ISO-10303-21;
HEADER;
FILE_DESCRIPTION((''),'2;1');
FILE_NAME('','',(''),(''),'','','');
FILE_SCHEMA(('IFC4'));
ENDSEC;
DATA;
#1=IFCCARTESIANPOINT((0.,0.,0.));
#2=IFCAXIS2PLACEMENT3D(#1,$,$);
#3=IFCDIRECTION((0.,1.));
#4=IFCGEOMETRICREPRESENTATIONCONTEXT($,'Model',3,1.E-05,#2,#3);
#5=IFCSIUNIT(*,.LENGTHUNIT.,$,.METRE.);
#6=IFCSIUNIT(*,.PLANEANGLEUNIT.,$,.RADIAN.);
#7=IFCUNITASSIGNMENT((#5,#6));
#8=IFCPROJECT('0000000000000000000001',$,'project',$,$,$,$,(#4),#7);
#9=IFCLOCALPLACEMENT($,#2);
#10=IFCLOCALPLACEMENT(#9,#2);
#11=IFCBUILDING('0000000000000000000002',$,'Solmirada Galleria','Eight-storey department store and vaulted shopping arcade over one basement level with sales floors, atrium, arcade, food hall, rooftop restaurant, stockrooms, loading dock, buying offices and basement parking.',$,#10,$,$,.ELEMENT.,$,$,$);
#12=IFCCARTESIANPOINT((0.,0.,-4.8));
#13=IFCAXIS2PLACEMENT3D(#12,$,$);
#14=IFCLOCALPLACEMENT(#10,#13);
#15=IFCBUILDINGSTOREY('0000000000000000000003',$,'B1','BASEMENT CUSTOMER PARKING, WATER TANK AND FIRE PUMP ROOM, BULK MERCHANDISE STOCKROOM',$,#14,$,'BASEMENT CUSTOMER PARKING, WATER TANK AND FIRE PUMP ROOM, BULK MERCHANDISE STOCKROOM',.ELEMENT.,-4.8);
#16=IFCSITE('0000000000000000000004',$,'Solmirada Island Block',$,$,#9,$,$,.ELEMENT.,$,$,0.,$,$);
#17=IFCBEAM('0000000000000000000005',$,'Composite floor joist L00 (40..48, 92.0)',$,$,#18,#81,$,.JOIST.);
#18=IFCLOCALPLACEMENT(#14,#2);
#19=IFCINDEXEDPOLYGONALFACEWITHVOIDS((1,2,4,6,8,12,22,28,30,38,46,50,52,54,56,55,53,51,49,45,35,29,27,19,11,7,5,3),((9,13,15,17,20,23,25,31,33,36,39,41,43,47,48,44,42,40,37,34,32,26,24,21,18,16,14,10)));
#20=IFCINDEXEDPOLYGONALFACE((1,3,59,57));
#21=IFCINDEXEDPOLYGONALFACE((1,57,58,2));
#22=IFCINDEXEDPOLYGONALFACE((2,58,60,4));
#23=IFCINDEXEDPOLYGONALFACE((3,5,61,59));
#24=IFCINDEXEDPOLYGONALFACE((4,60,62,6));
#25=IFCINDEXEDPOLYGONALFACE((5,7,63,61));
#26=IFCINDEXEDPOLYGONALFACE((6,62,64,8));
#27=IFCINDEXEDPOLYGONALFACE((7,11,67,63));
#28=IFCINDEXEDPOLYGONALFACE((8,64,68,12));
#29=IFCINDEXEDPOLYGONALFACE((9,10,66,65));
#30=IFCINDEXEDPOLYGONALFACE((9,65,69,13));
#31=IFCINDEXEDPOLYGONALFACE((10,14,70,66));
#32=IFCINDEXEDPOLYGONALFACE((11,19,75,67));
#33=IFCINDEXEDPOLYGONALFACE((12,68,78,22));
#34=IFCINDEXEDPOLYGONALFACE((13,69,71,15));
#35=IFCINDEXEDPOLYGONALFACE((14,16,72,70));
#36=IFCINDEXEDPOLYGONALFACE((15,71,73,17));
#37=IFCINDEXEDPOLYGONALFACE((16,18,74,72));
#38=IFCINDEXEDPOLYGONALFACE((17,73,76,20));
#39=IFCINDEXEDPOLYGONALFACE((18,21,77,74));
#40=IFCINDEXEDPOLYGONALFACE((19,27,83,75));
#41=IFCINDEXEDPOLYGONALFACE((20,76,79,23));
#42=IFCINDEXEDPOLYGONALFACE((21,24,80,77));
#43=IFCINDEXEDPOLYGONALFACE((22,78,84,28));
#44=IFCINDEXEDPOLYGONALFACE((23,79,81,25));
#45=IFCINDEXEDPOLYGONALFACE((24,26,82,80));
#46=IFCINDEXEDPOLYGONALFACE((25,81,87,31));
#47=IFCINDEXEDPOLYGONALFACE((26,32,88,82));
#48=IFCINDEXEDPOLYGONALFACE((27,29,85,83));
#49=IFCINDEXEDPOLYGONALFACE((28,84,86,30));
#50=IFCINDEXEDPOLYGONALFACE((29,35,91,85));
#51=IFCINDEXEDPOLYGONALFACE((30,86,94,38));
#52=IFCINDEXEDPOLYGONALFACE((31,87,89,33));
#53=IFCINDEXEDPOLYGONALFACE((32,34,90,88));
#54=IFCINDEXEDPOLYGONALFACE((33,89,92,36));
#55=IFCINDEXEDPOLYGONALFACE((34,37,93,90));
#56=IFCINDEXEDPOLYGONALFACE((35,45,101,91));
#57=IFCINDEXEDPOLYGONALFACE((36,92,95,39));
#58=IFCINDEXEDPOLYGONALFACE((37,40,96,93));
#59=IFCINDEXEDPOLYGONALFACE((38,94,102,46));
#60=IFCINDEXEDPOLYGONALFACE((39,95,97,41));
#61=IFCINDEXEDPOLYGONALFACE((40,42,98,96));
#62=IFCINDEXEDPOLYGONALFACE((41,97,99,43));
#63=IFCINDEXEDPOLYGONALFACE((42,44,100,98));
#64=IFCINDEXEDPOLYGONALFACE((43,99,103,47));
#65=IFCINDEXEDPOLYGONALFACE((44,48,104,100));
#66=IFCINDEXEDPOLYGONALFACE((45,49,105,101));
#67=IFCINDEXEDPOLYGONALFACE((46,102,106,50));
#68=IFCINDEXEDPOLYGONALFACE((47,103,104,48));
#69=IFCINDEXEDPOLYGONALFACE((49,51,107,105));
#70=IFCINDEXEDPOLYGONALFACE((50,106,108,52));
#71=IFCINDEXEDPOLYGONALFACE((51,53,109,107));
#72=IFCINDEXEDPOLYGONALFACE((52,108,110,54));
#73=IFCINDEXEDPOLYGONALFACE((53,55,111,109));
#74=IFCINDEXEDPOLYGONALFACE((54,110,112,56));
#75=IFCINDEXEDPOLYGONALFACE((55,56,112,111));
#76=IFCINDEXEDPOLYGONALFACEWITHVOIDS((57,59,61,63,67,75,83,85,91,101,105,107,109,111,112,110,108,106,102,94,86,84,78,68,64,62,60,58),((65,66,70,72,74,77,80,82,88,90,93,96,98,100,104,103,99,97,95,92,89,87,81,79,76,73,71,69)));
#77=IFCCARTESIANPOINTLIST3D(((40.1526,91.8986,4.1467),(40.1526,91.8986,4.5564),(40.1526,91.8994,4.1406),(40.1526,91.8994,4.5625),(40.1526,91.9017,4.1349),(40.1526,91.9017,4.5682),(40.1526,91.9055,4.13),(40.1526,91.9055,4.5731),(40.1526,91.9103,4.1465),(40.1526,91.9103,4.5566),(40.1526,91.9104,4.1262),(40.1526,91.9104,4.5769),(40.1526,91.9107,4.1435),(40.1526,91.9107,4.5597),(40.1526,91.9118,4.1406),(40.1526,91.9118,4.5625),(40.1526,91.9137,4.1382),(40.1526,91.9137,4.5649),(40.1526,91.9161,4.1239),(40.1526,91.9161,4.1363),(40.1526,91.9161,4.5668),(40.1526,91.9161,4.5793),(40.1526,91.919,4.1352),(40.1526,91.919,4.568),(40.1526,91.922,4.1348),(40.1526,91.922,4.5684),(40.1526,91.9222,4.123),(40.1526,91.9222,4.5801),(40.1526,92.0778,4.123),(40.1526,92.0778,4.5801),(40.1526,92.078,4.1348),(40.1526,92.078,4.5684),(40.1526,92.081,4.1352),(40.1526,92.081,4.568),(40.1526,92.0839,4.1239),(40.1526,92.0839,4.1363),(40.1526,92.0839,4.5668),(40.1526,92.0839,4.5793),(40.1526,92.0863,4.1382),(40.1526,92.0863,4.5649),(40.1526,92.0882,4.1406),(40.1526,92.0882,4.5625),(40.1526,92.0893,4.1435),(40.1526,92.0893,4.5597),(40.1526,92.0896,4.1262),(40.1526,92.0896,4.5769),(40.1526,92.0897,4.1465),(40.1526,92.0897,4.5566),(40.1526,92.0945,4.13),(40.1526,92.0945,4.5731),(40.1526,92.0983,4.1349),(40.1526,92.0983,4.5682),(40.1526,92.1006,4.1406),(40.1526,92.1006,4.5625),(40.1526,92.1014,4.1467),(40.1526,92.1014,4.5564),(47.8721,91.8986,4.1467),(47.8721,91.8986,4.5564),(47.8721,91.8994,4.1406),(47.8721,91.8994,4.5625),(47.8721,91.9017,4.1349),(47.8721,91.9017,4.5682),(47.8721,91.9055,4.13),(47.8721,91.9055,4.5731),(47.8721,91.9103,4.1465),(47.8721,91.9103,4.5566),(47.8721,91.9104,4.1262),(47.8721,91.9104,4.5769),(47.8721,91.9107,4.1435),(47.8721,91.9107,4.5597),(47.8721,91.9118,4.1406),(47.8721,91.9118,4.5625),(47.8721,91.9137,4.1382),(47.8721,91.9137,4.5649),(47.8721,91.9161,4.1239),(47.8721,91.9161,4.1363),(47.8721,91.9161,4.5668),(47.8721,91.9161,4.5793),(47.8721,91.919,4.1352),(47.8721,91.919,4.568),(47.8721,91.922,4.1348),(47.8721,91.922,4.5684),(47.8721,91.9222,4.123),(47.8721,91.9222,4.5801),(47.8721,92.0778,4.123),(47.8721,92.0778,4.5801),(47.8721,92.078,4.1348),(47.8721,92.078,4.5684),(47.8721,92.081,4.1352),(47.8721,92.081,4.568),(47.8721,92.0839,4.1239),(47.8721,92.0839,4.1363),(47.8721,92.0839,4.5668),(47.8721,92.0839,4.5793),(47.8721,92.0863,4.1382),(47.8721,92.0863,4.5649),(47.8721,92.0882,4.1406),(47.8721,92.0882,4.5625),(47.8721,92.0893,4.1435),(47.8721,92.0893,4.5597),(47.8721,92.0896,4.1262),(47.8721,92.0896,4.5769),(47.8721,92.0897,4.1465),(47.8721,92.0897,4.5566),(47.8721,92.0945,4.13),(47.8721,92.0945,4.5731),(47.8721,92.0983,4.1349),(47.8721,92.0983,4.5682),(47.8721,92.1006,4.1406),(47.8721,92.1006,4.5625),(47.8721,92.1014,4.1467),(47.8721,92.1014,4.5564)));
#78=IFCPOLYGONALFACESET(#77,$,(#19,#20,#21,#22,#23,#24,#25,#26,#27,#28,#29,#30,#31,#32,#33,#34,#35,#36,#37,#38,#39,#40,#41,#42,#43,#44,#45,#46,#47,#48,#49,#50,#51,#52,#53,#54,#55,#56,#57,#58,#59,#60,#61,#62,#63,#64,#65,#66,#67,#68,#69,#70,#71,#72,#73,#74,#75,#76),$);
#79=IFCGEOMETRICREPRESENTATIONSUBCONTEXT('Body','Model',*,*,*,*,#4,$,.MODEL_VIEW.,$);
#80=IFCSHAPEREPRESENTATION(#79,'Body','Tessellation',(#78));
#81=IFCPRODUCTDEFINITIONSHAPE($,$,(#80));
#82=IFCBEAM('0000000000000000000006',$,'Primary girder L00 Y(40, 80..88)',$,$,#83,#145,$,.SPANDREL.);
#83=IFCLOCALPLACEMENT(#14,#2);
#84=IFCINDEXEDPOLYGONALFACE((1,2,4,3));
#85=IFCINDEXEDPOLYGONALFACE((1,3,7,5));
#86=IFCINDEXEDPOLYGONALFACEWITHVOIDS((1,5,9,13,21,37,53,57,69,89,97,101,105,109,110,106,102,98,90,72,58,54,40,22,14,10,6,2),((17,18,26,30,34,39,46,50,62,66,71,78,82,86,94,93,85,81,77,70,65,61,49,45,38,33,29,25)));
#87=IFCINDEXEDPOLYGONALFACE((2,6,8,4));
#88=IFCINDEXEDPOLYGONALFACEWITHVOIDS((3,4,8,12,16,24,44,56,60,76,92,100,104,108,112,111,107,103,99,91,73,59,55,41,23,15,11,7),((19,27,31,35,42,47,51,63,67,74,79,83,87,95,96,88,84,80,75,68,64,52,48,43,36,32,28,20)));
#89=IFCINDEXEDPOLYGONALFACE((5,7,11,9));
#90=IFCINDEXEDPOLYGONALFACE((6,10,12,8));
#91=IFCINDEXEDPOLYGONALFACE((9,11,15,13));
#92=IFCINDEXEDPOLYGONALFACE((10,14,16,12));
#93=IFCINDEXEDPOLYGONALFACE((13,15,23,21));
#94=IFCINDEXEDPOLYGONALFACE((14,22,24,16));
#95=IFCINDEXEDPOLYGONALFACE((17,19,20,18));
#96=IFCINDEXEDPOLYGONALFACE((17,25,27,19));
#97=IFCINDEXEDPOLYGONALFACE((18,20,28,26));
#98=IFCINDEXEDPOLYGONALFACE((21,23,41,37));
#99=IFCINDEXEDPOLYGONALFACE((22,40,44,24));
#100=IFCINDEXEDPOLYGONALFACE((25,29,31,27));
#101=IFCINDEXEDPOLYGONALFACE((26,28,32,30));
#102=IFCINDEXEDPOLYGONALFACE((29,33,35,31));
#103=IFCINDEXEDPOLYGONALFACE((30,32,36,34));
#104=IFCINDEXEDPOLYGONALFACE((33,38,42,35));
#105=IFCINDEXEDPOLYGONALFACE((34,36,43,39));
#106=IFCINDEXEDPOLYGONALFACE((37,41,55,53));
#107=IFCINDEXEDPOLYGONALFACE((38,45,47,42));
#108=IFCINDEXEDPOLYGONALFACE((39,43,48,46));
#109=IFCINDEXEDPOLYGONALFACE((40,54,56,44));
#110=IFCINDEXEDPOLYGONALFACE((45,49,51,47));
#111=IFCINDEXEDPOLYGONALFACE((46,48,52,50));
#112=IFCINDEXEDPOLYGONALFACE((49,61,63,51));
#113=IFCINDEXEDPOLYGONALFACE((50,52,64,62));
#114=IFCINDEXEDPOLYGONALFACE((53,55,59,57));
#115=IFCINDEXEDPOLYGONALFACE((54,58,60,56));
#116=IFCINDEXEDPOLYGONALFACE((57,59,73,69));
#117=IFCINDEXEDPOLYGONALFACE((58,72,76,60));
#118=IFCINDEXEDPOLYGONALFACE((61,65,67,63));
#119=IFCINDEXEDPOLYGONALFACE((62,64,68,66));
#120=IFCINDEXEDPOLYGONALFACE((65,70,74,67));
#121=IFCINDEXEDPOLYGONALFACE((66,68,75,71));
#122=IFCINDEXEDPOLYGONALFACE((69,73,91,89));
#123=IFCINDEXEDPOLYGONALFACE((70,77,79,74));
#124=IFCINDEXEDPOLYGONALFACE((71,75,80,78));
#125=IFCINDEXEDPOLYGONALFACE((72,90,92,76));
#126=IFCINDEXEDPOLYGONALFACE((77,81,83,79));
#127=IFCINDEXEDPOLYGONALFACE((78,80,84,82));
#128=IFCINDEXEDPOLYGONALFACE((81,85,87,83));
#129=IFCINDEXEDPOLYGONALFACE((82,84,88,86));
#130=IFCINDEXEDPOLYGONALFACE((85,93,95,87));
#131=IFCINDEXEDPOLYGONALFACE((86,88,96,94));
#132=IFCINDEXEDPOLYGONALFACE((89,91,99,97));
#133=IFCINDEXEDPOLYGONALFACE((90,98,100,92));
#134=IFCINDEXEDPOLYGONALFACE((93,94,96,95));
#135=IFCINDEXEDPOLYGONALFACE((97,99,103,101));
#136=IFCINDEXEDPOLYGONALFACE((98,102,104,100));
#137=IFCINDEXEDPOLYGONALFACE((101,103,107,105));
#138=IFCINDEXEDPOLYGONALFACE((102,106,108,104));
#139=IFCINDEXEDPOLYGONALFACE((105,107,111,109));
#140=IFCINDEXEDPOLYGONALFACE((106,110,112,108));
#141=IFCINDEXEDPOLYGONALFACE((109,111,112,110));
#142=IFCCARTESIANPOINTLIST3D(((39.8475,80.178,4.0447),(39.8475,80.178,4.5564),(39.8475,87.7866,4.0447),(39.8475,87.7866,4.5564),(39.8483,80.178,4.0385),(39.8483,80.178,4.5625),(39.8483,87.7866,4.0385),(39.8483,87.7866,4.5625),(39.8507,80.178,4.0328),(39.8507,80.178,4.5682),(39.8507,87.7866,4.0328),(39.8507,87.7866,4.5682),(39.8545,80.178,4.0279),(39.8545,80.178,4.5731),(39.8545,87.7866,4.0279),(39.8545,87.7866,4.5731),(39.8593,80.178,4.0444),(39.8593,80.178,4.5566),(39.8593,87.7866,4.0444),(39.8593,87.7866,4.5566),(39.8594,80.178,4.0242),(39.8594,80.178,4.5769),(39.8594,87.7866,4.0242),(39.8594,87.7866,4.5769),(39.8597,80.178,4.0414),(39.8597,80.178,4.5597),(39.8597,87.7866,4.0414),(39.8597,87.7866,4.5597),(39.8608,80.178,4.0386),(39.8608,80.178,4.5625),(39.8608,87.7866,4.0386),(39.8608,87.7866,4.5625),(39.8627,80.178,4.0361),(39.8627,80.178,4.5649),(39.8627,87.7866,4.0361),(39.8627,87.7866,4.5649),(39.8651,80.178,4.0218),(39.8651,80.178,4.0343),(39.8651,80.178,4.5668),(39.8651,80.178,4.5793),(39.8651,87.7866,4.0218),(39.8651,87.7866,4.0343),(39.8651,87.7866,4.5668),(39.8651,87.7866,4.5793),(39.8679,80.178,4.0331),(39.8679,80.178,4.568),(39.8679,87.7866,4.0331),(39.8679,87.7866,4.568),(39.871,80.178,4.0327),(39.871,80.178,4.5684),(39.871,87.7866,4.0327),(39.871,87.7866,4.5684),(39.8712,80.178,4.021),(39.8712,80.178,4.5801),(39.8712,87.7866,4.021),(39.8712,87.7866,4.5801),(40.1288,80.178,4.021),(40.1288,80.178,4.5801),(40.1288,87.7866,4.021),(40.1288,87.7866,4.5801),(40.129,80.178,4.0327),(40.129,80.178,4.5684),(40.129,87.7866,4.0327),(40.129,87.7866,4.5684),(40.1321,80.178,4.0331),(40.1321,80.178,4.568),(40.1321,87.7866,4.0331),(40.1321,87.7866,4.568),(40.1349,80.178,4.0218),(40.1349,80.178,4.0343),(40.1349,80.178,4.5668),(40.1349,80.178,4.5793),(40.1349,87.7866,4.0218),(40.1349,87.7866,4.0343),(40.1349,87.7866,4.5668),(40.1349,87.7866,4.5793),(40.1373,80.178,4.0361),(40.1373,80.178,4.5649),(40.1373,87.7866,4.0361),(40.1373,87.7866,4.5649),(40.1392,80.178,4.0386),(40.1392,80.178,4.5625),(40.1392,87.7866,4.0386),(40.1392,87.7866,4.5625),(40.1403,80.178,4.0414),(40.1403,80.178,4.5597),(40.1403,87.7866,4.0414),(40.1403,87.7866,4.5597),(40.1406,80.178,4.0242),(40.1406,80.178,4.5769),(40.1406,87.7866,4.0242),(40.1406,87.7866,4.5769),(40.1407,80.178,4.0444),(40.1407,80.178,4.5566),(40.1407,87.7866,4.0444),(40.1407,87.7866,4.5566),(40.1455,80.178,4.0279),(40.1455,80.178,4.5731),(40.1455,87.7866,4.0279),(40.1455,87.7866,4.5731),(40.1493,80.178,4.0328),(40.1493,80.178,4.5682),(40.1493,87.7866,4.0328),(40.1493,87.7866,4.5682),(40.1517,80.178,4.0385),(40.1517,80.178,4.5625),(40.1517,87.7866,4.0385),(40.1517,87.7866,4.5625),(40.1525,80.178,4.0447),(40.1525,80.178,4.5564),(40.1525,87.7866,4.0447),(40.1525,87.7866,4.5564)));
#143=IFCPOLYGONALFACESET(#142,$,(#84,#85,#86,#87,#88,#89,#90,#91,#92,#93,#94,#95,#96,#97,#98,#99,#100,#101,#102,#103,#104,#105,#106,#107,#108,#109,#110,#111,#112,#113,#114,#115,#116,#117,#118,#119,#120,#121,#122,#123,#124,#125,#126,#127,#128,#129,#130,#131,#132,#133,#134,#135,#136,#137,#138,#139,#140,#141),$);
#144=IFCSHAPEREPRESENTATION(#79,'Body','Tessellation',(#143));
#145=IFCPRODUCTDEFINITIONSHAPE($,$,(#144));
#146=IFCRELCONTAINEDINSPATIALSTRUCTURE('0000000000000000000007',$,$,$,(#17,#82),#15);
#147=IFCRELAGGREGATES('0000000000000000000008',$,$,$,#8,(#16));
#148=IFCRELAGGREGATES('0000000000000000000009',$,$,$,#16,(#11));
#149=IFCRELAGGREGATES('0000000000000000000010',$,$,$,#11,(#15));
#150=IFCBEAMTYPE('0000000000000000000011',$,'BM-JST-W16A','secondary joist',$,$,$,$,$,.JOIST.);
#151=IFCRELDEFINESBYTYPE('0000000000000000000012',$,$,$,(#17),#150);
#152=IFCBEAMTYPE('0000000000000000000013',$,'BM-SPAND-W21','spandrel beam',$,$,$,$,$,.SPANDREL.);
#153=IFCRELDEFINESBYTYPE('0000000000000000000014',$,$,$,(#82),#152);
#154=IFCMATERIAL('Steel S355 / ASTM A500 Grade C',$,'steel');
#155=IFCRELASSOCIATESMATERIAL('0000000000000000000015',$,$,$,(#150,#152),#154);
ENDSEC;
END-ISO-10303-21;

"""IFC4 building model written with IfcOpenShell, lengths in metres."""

from ifc_helpers import new_model, si_unit, direction, frame, origin, origin_2d, place, context, subcontext, project, spatial, hollow_rectangle, extrude, material, material_profile, profile_set, type_object, element, save


model = new_model("IFC4")

# Units and contexts
model_context = context("Model", 3, precision=1e-05, world=origin(), true_north=direction((0.0, 1.0)))
body_context = subcontext(model_context, "Body", "Model", "MODEL_VIEW")
ifc_project = project(units=[si_unit("LENGTHUNIT", "METRE"), si_unit("PLANEANGLEUNIT", "RADIAN")], contexts=[model_context])

# Site, building, storey
site_placement = place(None, origin())
site = spatial("IfcSite", under=ifc_project, at=site_placement, Name="Solmirada Island Block", CompositionType="ELEMENT", RefElevation=0.0)
building_placement = place(site_placement, origin())
building = spatial("IfcBuilding", under=site, at=building_placement, Name="Solmirada Galleria", Description="Eight-storey department store and vaulted shopping arcade over one basement level with sales floors, atrium, arcade, food hall, rooftop restaurant, stockrooms, loading dock, buying offices and basement parking.", CompositionType="ELEMENT")
storey_placement = place(building_placement, frame((0.0, 0.0, -4.8)))
storey = spatial("IfcBuildingStorey", under=building, at=storey_placement, Name="B1", Description="BASEMENT CUSTOMER PARKING, WATER TANK AND FIRE PUMP ROOM, BULK MERCHANDISE STOCKROOM", LongName="BASEMENT CUSTOMER PARKING, WATER TANK AND FIRE PUMP ROOM, BULK MERCHANDISE STOCKROOM", CompositionType="ELEMENT", Elevation=-4.8)

# Shared definitions
ifc_material_1 = material(Name="Steel S355 / ASTM A500 Grade C", Category="steel")

# Beams
ifc_material_profile_1 = material_profile(ifc_material_1, hollow_rectangle(XDim=0.2029, YDim=0.457, WallThickness=0.0117, InnerFilletRadius=0.0117, OuterFilletRadius=0.0237, at=origin_2d()), Name="HSS18X8X1/2")
ifc_profile_set_1 = profile_set([ifc_material_profile_1], Name="Steel S355 / ASTM A500 Grade C")
beam_type_1 = type_object("IfcBeamType", Name="BM-JST-W16A", Description="secondary joist", PredefinedType="JOIST", material=ifc_profile_set_1)
for number, where, z_axis, x_axis, name in (
    (1, (40.1526, 92.0, 4.3516), (1.0, 0.0, 0.0), (0.0, 1.0, 0.0), "Composite floor joist L00 (40..48, 92.0)"),
):
    element("IfcBeam", number, at=place(storey_placement, frame(where, z_axis=z_axis, x_axis=x_axis)), inside=storey, type_object=beam_type_1, Name=name, PredefinedType="JOIST", context=body_context, shape_type="SweptSolid", body=[
        extrude(hollow_rectangle(XDim=0.2029, YDim=0.457, WallThickness=0.0117, InnerFilletRadius=0.0117, OuterFilletRadius=0.0237, at=origin_2d()), origin(), (0.0, 0.0, 1.0), 7.7195),
    ])
ifc_material_profile_2 = material_profile(ifc_material_1, hollow_rectangle(XDim=0.3049, YDim=0.5591, WallThickness=0.0117, InnerFilletRadius=0.0117, OuterFilletRadius=0.0237, at=origin_2d()), Name="HSS22X12X1/2")
ifc_profile_set_2 = profile_set([ifc_material_profile_2], Name="Steel S355 / ASTM A500 Grade C")
beam_type_2 = type_object("IfcBeamType", Name="BM-SPAND-W21", Description="spandrel beam", PredefinedType="SPANDREL", material=ifc_profile_set_2)
beam_1_placement = place(storey_placement, frame((40.0, 80.178, 4.3005), z_axis=(0.0, 1.0, 0.0), x_axis=(-1.0, 0.0, 0.0)))
element("IfcBeam", 2, at=beam_1_placement, inside=storey, type_object=beam_type_2, Name="Primary girder L00 Y(40, 80..88)", PredefinedType="SPANDREL", context=body_context, shape_type="SweptSolid", body=[
    extrude(hollow_rectangle(XDim=0.3049, YDim=0.5591, WallThickness=0.0117, InnerFilletRadius=0.0117, OuterFilletRadius=0.0237, at=origin_2d()), origin(), (0.0, 0.0, 1.0), 7.6086),
])

save(model, "model.ifc")
